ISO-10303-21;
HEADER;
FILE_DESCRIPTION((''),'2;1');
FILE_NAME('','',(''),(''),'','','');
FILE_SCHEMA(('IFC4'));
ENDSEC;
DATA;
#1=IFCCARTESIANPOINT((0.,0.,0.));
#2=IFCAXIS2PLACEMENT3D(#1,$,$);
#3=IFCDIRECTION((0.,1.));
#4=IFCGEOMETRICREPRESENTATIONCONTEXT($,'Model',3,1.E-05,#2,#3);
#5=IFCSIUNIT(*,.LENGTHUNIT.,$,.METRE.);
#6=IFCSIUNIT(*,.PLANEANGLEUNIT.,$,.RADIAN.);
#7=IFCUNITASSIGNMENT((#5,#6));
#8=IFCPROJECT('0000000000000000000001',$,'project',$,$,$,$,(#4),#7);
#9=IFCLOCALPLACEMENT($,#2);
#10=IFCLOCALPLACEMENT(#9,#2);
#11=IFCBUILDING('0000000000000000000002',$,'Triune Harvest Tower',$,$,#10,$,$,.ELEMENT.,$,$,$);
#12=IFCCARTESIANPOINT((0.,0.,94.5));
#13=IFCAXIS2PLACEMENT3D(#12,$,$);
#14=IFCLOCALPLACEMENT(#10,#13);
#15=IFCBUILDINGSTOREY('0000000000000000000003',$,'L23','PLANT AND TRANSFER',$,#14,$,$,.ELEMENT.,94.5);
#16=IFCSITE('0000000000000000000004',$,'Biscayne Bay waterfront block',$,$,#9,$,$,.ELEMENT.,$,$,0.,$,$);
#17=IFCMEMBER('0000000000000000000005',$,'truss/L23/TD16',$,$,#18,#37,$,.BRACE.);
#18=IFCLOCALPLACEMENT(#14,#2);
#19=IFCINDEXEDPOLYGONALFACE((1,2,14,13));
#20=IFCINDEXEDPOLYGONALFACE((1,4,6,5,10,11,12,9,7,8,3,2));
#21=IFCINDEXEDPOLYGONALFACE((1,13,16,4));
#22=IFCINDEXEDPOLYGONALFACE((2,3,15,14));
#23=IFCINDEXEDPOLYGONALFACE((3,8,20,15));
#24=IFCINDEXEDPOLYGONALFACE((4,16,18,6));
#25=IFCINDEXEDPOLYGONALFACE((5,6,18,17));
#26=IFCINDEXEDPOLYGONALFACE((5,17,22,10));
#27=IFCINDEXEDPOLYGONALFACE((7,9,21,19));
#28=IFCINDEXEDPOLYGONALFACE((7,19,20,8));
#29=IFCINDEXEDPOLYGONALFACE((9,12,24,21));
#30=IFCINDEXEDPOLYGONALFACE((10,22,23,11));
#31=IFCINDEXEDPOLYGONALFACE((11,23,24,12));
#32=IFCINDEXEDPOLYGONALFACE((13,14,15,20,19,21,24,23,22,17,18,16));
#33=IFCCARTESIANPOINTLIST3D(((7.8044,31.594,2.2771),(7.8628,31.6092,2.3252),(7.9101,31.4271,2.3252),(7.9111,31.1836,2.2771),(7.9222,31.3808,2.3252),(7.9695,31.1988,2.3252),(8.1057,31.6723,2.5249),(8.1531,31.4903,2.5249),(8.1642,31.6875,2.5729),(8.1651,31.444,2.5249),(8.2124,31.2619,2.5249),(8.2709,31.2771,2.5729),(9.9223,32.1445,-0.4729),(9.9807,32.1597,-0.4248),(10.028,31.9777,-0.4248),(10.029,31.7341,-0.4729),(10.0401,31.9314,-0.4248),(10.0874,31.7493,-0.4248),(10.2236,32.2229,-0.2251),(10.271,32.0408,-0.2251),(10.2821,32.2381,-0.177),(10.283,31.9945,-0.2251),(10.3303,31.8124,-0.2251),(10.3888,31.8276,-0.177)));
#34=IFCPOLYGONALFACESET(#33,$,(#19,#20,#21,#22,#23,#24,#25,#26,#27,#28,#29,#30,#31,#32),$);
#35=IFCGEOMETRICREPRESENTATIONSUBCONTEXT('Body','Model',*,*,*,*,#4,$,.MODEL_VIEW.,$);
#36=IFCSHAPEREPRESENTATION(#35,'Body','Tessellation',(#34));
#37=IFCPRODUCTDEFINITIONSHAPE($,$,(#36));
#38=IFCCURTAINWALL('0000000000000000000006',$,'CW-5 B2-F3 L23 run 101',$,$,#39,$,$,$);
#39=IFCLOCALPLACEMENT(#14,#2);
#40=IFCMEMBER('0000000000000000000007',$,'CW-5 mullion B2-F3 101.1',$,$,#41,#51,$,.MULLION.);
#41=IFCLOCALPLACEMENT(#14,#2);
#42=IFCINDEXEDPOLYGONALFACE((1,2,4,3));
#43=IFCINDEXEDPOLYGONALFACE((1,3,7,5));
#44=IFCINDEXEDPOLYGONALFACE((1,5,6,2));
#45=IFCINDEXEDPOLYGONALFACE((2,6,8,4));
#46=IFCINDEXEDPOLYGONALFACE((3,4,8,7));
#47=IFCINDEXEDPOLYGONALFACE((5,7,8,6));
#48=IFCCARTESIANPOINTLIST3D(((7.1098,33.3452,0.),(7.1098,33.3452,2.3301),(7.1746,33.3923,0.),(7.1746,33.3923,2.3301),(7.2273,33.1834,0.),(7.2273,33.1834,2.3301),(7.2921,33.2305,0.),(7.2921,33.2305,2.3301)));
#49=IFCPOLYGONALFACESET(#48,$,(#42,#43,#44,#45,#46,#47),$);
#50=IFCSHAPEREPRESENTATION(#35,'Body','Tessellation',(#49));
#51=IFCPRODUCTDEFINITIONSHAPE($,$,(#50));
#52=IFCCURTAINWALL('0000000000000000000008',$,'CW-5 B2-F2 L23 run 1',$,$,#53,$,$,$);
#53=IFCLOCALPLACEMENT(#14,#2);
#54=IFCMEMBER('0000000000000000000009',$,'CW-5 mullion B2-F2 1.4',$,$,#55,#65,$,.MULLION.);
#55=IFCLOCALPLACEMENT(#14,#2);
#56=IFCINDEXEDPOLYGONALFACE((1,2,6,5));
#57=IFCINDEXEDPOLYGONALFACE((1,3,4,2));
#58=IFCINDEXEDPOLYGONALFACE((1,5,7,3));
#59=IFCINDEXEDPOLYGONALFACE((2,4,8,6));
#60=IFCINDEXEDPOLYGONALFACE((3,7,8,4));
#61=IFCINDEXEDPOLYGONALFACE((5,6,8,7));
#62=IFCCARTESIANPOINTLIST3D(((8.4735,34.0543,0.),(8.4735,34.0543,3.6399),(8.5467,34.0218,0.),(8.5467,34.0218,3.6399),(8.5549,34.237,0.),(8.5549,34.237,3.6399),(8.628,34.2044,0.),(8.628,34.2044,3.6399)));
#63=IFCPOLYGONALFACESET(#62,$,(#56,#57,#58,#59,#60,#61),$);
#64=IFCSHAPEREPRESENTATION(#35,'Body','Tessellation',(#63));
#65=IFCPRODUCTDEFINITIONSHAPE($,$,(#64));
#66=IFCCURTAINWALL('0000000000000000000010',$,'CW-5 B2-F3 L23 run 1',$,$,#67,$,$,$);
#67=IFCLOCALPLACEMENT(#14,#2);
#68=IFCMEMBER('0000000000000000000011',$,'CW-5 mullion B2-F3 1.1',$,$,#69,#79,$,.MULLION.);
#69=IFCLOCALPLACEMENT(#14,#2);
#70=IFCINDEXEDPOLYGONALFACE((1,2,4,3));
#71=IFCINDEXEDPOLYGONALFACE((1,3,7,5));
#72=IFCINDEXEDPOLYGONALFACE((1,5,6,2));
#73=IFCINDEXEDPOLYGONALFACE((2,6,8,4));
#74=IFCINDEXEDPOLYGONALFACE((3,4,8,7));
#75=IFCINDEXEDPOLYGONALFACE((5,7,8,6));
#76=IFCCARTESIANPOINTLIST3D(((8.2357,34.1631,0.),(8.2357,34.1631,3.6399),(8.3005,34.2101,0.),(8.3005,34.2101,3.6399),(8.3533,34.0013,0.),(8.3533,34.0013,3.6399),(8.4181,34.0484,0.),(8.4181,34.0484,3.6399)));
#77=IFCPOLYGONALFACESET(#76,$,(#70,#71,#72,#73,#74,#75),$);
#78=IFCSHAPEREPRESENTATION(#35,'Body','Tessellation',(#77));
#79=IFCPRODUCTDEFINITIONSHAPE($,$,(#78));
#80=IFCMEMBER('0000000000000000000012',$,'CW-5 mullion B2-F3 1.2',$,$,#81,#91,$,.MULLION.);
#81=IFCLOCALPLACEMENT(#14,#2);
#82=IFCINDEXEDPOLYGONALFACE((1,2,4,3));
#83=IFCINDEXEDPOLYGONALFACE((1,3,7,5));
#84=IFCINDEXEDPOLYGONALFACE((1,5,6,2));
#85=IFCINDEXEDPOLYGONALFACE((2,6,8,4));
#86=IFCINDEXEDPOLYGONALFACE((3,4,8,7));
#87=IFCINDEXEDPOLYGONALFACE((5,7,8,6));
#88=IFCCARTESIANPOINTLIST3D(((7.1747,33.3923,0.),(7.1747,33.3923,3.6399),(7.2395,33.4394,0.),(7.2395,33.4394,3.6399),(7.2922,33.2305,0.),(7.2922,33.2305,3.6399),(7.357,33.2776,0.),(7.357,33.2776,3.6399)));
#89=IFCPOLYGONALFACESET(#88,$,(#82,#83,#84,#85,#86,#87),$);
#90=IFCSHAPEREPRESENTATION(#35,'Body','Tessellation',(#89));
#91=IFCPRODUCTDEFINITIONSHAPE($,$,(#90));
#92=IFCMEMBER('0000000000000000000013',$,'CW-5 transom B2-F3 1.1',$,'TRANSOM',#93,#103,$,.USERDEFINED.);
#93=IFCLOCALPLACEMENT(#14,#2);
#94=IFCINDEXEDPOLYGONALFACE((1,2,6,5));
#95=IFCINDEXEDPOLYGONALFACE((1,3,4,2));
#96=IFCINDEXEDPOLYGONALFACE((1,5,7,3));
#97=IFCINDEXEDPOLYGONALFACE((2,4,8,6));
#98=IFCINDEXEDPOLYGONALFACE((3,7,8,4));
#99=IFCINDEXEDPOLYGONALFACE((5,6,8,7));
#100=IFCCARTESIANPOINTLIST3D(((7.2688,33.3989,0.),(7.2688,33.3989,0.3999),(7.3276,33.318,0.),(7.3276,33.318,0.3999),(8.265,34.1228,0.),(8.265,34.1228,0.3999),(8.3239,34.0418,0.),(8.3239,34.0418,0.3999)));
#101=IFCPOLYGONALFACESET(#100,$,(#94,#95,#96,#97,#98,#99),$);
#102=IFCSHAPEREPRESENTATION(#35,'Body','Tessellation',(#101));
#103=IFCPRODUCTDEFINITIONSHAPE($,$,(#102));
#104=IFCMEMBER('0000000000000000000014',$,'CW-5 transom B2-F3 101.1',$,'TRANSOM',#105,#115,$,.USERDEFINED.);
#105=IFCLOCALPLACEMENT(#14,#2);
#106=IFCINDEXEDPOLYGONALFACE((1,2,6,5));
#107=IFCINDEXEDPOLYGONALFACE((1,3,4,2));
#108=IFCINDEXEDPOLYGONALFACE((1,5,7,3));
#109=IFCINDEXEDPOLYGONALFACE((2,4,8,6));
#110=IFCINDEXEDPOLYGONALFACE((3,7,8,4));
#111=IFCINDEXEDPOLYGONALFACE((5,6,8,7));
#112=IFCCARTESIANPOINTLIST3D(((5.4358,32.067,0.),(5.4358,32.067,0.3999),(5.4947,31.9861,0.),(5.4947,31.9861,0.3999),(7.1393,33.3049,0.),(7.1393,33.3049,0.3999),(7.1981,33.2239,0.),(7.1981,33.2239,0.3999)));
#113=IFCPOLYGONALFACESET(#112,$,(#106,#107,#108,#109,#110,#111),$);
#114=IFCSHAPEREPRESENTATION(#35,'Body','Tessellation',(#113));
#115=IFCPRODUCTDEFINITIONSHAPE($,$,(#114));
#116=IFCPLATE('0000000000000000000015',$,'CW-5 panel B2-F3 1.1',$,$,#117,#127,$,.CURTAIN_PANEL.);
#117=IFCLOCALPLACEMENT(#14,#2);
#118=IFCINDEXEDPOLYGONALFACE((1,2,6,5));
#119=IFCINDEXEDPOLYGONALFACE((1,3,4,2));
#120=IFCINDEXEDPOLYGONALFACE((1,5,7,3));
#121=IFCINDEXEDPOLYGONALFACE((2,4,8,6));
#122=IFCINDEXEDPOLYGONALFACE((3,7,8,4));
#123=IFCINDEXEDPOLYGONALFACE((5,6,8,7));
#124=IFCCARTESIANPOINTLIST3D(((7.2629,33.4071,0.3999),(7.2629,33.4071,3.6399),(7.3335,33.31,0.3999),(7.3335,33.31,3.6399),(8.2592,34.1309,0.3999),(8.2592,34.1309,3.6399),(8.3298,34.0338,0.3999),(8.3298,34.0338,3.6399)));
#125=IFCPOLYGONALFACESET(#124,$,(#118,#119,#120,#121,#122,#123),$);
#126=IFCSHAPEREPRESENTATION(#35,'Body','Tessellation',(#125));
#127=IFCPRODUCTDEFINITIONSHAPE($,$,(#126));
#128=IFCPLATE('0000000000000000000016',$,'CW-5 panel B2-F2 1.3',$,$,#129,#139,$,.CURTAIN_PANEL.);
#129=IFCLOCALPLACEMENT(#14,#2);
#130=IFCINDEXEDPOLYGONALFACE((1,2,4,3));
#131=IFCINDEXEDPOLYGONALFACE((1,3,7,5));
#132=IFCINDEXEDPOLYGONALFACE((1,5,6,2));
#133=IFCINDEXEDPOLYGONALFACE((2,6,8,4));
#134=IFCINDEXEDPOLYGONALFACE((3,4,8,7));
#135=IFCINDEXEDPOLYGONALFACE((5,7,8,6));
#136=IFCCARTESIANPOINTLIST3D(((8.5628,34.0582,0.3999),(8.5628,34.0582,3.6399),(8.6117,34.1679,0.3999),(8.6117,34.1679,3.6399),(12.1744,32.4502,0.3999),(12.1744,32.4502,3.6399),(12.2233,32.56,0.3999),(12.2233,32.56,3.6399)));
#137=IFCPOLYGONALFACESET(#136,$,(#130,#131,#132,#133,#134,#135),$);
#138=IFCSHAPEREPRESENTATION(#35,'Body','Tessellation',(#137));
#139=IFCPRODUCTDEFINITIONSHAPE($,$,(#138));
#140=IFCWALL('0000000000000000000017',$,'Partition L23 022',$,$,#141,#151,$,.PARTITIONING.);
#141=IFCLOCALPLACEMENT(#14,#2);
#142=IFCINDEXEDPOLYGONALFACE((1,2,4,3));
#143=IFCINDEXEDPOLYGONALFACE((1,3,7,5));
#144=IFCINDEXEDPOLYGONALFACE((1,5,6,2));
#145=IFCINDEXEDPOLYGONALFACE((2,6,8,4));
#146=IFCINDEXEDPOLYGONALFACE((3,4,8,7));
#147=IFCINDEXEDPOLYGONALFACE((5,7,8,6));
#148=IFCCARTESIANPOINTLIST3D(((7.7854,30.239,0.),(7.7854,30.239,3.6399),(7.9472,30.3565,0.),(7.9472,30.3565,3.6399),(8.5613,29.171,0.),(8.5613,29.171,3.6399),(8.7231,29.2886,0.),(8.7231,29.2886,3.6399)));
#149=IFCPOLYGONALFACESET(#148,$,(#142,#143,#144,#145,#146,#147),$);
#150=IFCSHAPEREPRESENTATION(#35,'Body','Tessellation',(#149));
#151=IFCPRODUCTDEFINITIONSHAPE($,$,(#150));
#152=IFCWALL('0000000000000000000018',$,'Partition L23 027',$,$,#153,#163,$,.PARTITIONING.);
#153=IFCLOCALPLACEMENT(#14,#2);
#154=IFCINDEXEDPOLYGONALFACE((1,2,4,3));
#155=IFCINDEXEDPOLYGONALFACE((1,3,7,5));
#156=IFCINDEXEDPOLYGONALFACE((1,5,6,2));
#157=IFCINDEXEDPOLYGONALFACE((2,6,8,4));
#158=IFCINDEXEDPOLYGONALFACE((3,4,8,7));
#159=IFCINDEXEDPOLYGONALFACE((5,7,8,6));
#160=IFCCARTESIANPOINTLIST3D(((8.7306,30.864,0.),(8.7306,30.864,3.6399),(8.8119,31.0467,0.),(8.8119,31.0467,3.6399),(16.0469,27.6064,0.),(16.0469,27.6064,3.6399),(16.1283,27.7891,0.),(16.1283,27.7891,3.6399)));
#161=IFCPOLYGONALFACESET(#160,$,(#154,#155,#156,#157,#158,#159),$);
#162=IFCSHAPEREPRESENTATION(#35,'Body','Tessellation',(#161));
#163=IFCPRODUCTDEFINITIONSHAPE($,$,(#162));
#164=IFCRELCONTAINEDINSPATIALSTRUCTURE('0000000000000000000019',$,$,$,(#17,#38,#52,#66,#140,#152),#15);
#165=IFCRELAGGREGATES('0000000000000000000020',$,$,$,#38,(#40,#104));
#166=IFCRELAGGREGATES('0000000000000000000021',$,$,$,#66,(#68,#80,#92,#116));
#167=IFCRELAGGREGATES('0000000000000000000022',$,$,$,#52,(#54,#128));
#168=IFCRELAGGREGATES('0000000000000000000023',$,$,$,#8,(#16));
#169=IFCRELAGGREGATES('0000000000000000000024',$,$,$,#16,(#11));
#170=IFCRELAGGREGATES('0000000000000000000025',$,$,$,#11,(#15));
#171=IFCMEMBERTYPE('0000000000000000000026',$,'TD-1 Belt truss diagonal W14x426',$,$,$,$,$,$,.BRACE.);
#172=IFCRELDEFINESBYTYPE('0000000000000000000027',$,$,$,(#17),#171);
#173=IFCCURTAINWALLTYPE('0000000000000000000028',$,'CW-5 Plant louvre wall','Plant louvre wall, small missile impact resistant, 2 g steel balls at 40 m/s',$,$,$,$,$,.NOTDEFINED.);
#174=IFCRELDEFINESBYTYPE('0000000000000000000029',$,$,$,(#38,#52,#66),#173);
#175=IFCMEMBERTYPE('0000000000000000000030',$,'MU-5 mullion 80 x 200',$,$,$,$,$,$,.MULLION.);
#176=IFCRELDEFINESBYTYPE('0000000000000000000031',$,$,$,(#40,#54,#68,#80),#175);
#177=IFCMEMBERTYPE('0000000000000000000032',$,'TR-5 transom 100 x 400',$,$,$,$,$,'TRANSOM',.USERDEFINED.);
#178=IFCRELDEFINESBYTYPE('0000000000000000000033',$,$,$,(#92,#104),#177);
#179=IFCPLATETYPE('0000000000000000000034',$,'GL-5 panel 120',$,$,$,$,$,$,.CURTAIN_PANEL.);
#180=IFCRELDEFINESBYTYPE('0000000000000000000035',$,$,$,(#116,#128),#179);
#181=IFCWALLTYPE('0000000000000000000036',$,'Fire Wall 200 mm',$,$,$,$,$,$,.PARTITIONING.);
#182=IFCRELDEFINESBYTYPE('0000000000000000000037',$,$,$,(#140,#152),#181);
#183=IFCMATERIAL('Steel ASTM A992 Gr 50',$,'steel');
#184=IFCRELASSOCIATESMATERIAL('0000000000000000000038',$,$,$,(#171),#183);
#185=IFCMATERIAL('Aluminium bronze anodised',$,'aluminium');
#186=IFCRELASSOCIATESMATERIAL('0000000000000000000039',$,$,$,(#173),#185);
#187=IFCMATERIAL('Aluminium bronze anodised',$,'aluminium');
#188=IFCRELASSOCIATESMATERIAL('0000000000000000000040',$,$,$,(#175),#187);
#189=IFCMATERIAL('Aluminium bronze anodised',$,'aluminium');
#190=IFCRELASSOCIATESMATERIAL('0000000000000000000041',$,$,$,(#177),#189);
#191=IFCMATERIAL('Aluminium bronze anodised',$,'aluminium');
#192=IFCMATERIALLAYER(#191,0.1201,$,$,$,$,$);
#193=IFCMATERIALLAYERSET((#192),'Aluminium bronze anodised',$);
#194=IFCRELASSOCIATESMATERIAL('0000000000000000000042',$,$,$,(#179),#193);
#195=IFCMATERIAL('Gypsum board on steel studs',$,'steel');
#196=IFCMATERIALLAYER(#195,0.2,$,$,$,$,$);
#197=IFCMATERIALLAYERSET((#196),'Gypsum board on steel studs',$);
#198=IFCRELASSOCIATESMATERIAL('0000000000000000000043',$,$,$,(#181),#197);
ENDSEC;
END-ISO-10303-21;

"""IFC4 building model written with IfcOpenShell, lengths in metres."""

from ifc_helpers import new_model, si_unit, direction, frame, frame_2d, origin, origin_2d, place, context, subcontext, project, spatial, rectangle, i_section, extrude, source, transform, mapped, material, layer, layer_set, material_profile, profile_set, type_object, element, aggregate, save


model = new_model("IFC4")

# Units and contexts
model_context = context("Model", 3, precision=1e-05, world=origin(), true_north=direction((0.0, 1.0)))
body_context = subcontext(model_context, "Body", "Model", "MODEL_VIEW")
ifc_project = project(units=[si_unit("LENGTHUNIT", "METRE"), si_unit("PLANEANGLEUNIT", "RADIAN")], contexts=[model_context])

# Site, building, storey
site_placement = place(None, origin())
site = spatial("IfcSite", under=ifc_project, at=site_placement, Name="Biscayne Bay waterfront block", CompositionType="ELEMENT", RefElevation=0.0)
building_placement = place(site_placement, origin())
building = spatial("IfcBuilding", under=site, at=building_placement, Name="Triune Harvest Tower", CompositionType="ELEMENT")
storey_placement = place(building_placement, frame((0.0, 0.0, 94.5)))
storey = spatial("IfcBuildingStorey", under=building, at=storey_placement, Name="L23", Description="PLANT AND TRANSFER", CompositionType="ELEMENT", Elevation=94.5)

# Member
ifc_material_1 = material(Name="Steel ASTM A992 Gr 50", Category="steel")
ifc_material_profile_1 = material_profile(ifc_material_1, i_section(OverallWidth=0.4241, OverallDepth=0.4751, WebThickness=0.0479, FlangeThickness=0.0771, at=origin_2d()), Name="W14x426")
ifc_profile_set_1 = profile_set([ifc_material_profile_1], Name="Steel ASTM A992 Gr 50")
member_type_1 = type_object("IfcMemberType", Name="TD-1 Belt truss diagonal W14x426", PredefinedType="BRACE", material=ifc_profile_set_1)
shared_shape_1 = source(origin(), body_context, "Body", "SweptSolid", [
    extrude(i_section(OverallWidth=0.4241, OverallDepth=0.4751, WebThickness=0.0479, FlangeThickness=0.0771, at=origin_2d()), origin(), (0.0, 0.0, 1.0), 3.5144),
])
member_1_placement = place(storey_placement, frame((10.1555, 31.9861, -0.325), z_axis=(-0.602636, -0.156651, 0.78249), x_axis=(0.251582, -0.967836, 0.0)))
element("IfcMember", 1, at=member_1_placement, inside=storey, type_object=member_type_1, Name="truss/L23/TD16", PredefinedType="BRACE", context=body_context, shape_type="MappedRepresentation", body=[
    mapped(shared_shape_1, transform((0.0, 0.0, 0.0), scale=1.0)),
])

# Curtain walls, members
ifc_material_2 = material(Name="Aluminium bronze anodised", Category="aluminium")
curtain_wall_type = type_object("IfcCurtainWallType", Name="CW-5 Plant louvre wall", Description="Plant louvre wall, small missile impact resistant, 2 g steel balls at 40 m/s", PredefinedType="NOTDEFINED", material=ifc_material_2)
curtain_wall_1_placement = place(storey_placement, origin())
curtain_wall_1 = element("IfcCurtainWall", 2, at=curtain_wall_1_placement, inside=storey, type_object=curtain_wall_type, Name="CW-5 B2-F3 L23 run 101")
ifc_material_3 = material(Name="Aluminium bronze anodised", Category="aluminium")
ifc_material_profile_2 = material_profile(ifc_material_3, rectangle(XDim=0.2, YDim=0.0801, at=origin_2d()), Name="MU-5 mullion 80 x 200")
ifc_profile_set_2 = profile_set([ifc_material_profile_2], Name="Aluminium bronze anodised")
member_type_2 = type_object("IfcMemberType", Name="MU-5 mullion 80 x 200", PredefinedType="MULLION", material=ifc_profile_set_2)
shared_shape_2 = source(origin(), body_context, "Body", "SweptSolid", [
    extrude(rectangle(XDim=0.2, YDim=0.0801, at=origin_2d()), origin(), (0.0, 0.0, 1.0), 2.3301),
])
member_2_placement = place(storey_placement, frame((7.2009, 33.2878, 0.0), z_axis=(0.0, 0.0, 1.0), x_axis=(0.587791, -0.809013, 0.0)))
member_2 = element("IfcMember", 3, at=member_2_placement, type_object=member_type_2, Name="CW-5 mullion B2-F3 101.1", PredefinedType="MULLION", context=body_context, shape_type="MappedRepresentation", body=[
    mapped(shared_shape_2, transform((0.0, 0.0, 0.0), scale=1.0)),
])
curtain_wall_2_placement = place(storey_placement, origin())
curtain_wall_2 = element("IfcCurtainWall", 4, at=curtain_wall_2_placement, inside=storey, type_object=curtain_wall_type, Name="CW-5 B2-F2 L23 run 1")
shared_shape_3 = source(origin(), body_context, "Body", "SweptSolid", [
    extrude(rectangle(XDim=0.2, YDim=0.0801, at=origin_2d()), origin(), (0.0, 0.0, 1.0), 3.6399),
])
member_3_placement = place(storey_placement, frame((8.5508, 34.1294, 0.0), z_axis=(0.0, 0.0, 1.0), x_axis=(-0.406734, -0.913547, 0.0)))
member_3 = element("IfcMember", 5, at=member_3_placement, type_object=member_type_2, Name="CW-5 mullion B2-F2 1.4", PredefinedType="MULLION", context=body_context, shape_type="MappedRepresentation", body=[
    mapped(shared_shape_3, transform((0.0, 0.0, 0.0), scale=1.0)),
])

# Curtain wall, members
curtain_wall_3_placement = place(storey_placement, origin())
curtain_wall_3 = element("IfcCurtainWall", 6, at=curtain_wall_3_placement, inside=storey, type_object=curtain_wall_type, Name="CW-5 B2-F3 L23 run 1")
member_4_placement = place(storey_placement, frame((8.3269, 34.1057, 0.0), z_axis=(0.0, 0.0, 1.0), x_axis=(0.587766, -0.809031, 0.0)))
member_4 = element("IfcMember", 7, at=member_4_placement, type_object=member_type_2, Name="CW-5 mullion B2-F3 1.1", PredefinedType="MULLION", context=body_context, shape_type="MappedRepresentation", body=[
    mapped(shared_shape_3, transform((0.0, 0.0, 0.0), scale=1.0)),
])
member_5_placement = place(storey_placement, frame((7.2659, 33.335, 0.0), z_axis=(0.0, 0.0, 1.0), x_axis=(0.587766, -0.809031, 0.0)))
member_5 = element("IfcMember", 8, at=member_5_placement, type_object=member_type_2, Name="CW-5 mullion B2-F3 1.2", PredefinedType="MULLION", context=body_context, shape_type="MappedRepresentation", body=[
    mapped(shared_shape_3, transform((0.0, 0.0, 0.0), scale=1.0)),
])
ifc_material_4 = material(Name="Aluminium bronze anodised", Category="aluminium")
ifc_material_profile_3 = material_profile(ifc_material_4, rectangle(XDim=0.1001, YDim=0.3999, at=origin_2d()), Name="TR-5 transom 100 x 400")
ifc_profile_set_3 = profile_set([ifc_material_profile_3], Name="Aluminium bronze anodised")
member_type_3 = type_object("IfcMemberType", Name="TR-5 transom 100 x 400", ElementType="TRANSOM", PredefinedType="USERDEFINED", material=ifc_profile_set_3)
shared_shape_4 = source(origin(), body_context, "Body", "SweptSolid", [
    extrude(rectangle(XDim=0.1001, YDim=0.3999, at=origin_2d()), origin(), (0.0, 0.0, 1.0), 1.2314),
])
member_6_placement = place(storey_placement, frame((8.2944, 34.0823, 0.2), z_axis=(-0.809019, -0.587783, 0.0), x_axis=(0.587783, -0.809019, 0.0)))
member_6 = element("IfcMember", 9, at=member_6_placement, type_object=member_type_3, Name="CW-5 transom B2-F3 1.1", ObjectType="TRANSOM", PredefinedType="USERDEFINED", context=body_context, shape_type="MappedRepresentation", body=[
    mapped(shared_shape_4, transform((0.0, 0.0, 0.0), scale=1.0)),
])

# Member
shared_shape_5 = source(origin(), body_context, "Body", "SweptSolid", [
    extrude(rectangle(XDim=0.1001, YDim=0.3999, at=origin_2d()), origin(), (0.0, 0.0, 1.0), 2.1057),
])
member_7_placement = place(storey_placement, frame((7.1687, 33.2644, 0.2), z_axis=(-0.808967, -0.587855, 0.0), x_axis=(0.587855, -0.808967, 0.0)))
member_7 = element("IfcMember", 10, at=member_7_placement, type_object=member_type_3, Name="CW-5 transom B2-F3 101.1", ObjectType="TRANSOM", PredefinedType="USERDEFINED", context=body_context, shape_type="MappedRepresentation", body=[
    mapped(shared_shape_5, transform((0.0, 0.0, 0.0), scale=1.0)),
])
aggregate(curtain_wall_1, [member_2, member_7])

# Plates
ifc_material_5 = material(Name="Aluminium bronze anodised", Category="aluminium")
ifc_layer_1 = layer(ifc_material_5, 0.1201)
ifc_layer_set_1 = layer_set([ifc_layer_1], Name="Aluminium bronze anodised")
plate_type = type_object("IfcPlateType", Name="GL-5 panel 120", PredefinedType="CURTAIN_PANEL", material=ifc_layer_set_1)
shared_shape_6 = source(origin(), body_context, "Body", "SweptSolid", [
    extrude(rectangle(XDim=1.2314, YDim=0.1201, at=origin_2d()), origin(), (0.0, 0.0, 1.0), 3.24),
])
plate_1_placement = place(storey_placement, frame((7.7964, 33.7205, 0.3999), z_axis=(0.0, 0.0, 1.0), x_axis=(-0.809031, -0.587766, 0.0)))
plate_1 = element("IfcPlate", 11, at=plate_1_placement, type_object=plate_type, Name="CW-5 panel B2-F3 1.1", PredefinedType="CURTAIN_PANEL", context=body_context, shape_type="MappedRepresentation", body=[
    mapped(shared_shape_6, transform((0.0, 0.0, 0.0), scale=1.0)),
])
aggregate(curtain_wall_3, [member_4, member_5, member_6, plate_1])
shared_shape_7 = source(origin(), body_context, "Body", "SweptSolid", [
    extrude(rectangle(XDim=3.9534, YDim=0.1201, at=origin_2d()), origin(), (0.0, 0.0, 1.0), 3.24),
])
plate_2_placement = place(storey_placement, frame((10.3931, 33.3091, 0.3999), z_axis=(0.0, 0.0, 1.0), x_axis=(-0.913547, 0.406734, 0.0)))
plate_2 = element("IfcPlate", 12, at=plate_2_placement, type_object=plate_type, Name="CW-5 panel B2-F2 1.3", PredefinedType="CURTAIN_PANEL", context=body_context, shape_type="MappedRepresentation", body=[
    mapped(shared_shape_7, transform((0.0, 0.0, 0.0), scale=1.0)),
])
aggregate(curtain_wall_2, [member_3, plate_2])

# Walls
ifc_material_6 = material(Name="Gypsum board on steel studs", Category="steel")
ifc_layer_2 = layer(ifc_material_6, 0.2)
ifc_layer_set_2 = layer_set([ifc_layer_2], Name="Gypsum board on steel studs")
wall_type = type_object("IfcWallType", Name="Fire Wall 200 mm", PredefinedType="PARTITIONING", material=ifc_layer_set_2)
wall_1_placement = place(storey_placement, frame((7.8662, 30.2979, 0.0), z_axis=(0.0, 0.0, 1.0), x_axis=(0.587798, -0.809008, 0.0)))
element("IfcWall", 13, at=wall_1_placement, inside=storey, type_object=wall_type, Name="Partition L23 022", PredefinedType="PARTITIONING", context=body_context, shape_type="SweptSolid", body=[
    extrude(rectangle(XDim=1.3201, YDim=0.2, at=frame_2d((0.6602, 0.0))), origin(), (0.0, 0.0, 1.0), 3.6399),
])
wall_2_placement = place(storey_placement, frame((8.7712, 30.9553, 0.0), z_axis=(0.0, 0.0, 1.0), x_axis=(0.913541, -0.406746, 0.0)))
element("IfcWall", 14, at=wall_2_placement, inside=storey, type_object=wall_type, Name="Partition L23 027", PredefinedType="PARTITIONING", context=body_context, shape_type="SweptSolid", body=[
    extrude(rectangle(XDim=8.0088, YDim=0.2, at=frame_2d((4.0044, 0.0))), origin(), (0.0, 0.0, 1.0), 3.6399),
])

save(model, "model.ifc")
